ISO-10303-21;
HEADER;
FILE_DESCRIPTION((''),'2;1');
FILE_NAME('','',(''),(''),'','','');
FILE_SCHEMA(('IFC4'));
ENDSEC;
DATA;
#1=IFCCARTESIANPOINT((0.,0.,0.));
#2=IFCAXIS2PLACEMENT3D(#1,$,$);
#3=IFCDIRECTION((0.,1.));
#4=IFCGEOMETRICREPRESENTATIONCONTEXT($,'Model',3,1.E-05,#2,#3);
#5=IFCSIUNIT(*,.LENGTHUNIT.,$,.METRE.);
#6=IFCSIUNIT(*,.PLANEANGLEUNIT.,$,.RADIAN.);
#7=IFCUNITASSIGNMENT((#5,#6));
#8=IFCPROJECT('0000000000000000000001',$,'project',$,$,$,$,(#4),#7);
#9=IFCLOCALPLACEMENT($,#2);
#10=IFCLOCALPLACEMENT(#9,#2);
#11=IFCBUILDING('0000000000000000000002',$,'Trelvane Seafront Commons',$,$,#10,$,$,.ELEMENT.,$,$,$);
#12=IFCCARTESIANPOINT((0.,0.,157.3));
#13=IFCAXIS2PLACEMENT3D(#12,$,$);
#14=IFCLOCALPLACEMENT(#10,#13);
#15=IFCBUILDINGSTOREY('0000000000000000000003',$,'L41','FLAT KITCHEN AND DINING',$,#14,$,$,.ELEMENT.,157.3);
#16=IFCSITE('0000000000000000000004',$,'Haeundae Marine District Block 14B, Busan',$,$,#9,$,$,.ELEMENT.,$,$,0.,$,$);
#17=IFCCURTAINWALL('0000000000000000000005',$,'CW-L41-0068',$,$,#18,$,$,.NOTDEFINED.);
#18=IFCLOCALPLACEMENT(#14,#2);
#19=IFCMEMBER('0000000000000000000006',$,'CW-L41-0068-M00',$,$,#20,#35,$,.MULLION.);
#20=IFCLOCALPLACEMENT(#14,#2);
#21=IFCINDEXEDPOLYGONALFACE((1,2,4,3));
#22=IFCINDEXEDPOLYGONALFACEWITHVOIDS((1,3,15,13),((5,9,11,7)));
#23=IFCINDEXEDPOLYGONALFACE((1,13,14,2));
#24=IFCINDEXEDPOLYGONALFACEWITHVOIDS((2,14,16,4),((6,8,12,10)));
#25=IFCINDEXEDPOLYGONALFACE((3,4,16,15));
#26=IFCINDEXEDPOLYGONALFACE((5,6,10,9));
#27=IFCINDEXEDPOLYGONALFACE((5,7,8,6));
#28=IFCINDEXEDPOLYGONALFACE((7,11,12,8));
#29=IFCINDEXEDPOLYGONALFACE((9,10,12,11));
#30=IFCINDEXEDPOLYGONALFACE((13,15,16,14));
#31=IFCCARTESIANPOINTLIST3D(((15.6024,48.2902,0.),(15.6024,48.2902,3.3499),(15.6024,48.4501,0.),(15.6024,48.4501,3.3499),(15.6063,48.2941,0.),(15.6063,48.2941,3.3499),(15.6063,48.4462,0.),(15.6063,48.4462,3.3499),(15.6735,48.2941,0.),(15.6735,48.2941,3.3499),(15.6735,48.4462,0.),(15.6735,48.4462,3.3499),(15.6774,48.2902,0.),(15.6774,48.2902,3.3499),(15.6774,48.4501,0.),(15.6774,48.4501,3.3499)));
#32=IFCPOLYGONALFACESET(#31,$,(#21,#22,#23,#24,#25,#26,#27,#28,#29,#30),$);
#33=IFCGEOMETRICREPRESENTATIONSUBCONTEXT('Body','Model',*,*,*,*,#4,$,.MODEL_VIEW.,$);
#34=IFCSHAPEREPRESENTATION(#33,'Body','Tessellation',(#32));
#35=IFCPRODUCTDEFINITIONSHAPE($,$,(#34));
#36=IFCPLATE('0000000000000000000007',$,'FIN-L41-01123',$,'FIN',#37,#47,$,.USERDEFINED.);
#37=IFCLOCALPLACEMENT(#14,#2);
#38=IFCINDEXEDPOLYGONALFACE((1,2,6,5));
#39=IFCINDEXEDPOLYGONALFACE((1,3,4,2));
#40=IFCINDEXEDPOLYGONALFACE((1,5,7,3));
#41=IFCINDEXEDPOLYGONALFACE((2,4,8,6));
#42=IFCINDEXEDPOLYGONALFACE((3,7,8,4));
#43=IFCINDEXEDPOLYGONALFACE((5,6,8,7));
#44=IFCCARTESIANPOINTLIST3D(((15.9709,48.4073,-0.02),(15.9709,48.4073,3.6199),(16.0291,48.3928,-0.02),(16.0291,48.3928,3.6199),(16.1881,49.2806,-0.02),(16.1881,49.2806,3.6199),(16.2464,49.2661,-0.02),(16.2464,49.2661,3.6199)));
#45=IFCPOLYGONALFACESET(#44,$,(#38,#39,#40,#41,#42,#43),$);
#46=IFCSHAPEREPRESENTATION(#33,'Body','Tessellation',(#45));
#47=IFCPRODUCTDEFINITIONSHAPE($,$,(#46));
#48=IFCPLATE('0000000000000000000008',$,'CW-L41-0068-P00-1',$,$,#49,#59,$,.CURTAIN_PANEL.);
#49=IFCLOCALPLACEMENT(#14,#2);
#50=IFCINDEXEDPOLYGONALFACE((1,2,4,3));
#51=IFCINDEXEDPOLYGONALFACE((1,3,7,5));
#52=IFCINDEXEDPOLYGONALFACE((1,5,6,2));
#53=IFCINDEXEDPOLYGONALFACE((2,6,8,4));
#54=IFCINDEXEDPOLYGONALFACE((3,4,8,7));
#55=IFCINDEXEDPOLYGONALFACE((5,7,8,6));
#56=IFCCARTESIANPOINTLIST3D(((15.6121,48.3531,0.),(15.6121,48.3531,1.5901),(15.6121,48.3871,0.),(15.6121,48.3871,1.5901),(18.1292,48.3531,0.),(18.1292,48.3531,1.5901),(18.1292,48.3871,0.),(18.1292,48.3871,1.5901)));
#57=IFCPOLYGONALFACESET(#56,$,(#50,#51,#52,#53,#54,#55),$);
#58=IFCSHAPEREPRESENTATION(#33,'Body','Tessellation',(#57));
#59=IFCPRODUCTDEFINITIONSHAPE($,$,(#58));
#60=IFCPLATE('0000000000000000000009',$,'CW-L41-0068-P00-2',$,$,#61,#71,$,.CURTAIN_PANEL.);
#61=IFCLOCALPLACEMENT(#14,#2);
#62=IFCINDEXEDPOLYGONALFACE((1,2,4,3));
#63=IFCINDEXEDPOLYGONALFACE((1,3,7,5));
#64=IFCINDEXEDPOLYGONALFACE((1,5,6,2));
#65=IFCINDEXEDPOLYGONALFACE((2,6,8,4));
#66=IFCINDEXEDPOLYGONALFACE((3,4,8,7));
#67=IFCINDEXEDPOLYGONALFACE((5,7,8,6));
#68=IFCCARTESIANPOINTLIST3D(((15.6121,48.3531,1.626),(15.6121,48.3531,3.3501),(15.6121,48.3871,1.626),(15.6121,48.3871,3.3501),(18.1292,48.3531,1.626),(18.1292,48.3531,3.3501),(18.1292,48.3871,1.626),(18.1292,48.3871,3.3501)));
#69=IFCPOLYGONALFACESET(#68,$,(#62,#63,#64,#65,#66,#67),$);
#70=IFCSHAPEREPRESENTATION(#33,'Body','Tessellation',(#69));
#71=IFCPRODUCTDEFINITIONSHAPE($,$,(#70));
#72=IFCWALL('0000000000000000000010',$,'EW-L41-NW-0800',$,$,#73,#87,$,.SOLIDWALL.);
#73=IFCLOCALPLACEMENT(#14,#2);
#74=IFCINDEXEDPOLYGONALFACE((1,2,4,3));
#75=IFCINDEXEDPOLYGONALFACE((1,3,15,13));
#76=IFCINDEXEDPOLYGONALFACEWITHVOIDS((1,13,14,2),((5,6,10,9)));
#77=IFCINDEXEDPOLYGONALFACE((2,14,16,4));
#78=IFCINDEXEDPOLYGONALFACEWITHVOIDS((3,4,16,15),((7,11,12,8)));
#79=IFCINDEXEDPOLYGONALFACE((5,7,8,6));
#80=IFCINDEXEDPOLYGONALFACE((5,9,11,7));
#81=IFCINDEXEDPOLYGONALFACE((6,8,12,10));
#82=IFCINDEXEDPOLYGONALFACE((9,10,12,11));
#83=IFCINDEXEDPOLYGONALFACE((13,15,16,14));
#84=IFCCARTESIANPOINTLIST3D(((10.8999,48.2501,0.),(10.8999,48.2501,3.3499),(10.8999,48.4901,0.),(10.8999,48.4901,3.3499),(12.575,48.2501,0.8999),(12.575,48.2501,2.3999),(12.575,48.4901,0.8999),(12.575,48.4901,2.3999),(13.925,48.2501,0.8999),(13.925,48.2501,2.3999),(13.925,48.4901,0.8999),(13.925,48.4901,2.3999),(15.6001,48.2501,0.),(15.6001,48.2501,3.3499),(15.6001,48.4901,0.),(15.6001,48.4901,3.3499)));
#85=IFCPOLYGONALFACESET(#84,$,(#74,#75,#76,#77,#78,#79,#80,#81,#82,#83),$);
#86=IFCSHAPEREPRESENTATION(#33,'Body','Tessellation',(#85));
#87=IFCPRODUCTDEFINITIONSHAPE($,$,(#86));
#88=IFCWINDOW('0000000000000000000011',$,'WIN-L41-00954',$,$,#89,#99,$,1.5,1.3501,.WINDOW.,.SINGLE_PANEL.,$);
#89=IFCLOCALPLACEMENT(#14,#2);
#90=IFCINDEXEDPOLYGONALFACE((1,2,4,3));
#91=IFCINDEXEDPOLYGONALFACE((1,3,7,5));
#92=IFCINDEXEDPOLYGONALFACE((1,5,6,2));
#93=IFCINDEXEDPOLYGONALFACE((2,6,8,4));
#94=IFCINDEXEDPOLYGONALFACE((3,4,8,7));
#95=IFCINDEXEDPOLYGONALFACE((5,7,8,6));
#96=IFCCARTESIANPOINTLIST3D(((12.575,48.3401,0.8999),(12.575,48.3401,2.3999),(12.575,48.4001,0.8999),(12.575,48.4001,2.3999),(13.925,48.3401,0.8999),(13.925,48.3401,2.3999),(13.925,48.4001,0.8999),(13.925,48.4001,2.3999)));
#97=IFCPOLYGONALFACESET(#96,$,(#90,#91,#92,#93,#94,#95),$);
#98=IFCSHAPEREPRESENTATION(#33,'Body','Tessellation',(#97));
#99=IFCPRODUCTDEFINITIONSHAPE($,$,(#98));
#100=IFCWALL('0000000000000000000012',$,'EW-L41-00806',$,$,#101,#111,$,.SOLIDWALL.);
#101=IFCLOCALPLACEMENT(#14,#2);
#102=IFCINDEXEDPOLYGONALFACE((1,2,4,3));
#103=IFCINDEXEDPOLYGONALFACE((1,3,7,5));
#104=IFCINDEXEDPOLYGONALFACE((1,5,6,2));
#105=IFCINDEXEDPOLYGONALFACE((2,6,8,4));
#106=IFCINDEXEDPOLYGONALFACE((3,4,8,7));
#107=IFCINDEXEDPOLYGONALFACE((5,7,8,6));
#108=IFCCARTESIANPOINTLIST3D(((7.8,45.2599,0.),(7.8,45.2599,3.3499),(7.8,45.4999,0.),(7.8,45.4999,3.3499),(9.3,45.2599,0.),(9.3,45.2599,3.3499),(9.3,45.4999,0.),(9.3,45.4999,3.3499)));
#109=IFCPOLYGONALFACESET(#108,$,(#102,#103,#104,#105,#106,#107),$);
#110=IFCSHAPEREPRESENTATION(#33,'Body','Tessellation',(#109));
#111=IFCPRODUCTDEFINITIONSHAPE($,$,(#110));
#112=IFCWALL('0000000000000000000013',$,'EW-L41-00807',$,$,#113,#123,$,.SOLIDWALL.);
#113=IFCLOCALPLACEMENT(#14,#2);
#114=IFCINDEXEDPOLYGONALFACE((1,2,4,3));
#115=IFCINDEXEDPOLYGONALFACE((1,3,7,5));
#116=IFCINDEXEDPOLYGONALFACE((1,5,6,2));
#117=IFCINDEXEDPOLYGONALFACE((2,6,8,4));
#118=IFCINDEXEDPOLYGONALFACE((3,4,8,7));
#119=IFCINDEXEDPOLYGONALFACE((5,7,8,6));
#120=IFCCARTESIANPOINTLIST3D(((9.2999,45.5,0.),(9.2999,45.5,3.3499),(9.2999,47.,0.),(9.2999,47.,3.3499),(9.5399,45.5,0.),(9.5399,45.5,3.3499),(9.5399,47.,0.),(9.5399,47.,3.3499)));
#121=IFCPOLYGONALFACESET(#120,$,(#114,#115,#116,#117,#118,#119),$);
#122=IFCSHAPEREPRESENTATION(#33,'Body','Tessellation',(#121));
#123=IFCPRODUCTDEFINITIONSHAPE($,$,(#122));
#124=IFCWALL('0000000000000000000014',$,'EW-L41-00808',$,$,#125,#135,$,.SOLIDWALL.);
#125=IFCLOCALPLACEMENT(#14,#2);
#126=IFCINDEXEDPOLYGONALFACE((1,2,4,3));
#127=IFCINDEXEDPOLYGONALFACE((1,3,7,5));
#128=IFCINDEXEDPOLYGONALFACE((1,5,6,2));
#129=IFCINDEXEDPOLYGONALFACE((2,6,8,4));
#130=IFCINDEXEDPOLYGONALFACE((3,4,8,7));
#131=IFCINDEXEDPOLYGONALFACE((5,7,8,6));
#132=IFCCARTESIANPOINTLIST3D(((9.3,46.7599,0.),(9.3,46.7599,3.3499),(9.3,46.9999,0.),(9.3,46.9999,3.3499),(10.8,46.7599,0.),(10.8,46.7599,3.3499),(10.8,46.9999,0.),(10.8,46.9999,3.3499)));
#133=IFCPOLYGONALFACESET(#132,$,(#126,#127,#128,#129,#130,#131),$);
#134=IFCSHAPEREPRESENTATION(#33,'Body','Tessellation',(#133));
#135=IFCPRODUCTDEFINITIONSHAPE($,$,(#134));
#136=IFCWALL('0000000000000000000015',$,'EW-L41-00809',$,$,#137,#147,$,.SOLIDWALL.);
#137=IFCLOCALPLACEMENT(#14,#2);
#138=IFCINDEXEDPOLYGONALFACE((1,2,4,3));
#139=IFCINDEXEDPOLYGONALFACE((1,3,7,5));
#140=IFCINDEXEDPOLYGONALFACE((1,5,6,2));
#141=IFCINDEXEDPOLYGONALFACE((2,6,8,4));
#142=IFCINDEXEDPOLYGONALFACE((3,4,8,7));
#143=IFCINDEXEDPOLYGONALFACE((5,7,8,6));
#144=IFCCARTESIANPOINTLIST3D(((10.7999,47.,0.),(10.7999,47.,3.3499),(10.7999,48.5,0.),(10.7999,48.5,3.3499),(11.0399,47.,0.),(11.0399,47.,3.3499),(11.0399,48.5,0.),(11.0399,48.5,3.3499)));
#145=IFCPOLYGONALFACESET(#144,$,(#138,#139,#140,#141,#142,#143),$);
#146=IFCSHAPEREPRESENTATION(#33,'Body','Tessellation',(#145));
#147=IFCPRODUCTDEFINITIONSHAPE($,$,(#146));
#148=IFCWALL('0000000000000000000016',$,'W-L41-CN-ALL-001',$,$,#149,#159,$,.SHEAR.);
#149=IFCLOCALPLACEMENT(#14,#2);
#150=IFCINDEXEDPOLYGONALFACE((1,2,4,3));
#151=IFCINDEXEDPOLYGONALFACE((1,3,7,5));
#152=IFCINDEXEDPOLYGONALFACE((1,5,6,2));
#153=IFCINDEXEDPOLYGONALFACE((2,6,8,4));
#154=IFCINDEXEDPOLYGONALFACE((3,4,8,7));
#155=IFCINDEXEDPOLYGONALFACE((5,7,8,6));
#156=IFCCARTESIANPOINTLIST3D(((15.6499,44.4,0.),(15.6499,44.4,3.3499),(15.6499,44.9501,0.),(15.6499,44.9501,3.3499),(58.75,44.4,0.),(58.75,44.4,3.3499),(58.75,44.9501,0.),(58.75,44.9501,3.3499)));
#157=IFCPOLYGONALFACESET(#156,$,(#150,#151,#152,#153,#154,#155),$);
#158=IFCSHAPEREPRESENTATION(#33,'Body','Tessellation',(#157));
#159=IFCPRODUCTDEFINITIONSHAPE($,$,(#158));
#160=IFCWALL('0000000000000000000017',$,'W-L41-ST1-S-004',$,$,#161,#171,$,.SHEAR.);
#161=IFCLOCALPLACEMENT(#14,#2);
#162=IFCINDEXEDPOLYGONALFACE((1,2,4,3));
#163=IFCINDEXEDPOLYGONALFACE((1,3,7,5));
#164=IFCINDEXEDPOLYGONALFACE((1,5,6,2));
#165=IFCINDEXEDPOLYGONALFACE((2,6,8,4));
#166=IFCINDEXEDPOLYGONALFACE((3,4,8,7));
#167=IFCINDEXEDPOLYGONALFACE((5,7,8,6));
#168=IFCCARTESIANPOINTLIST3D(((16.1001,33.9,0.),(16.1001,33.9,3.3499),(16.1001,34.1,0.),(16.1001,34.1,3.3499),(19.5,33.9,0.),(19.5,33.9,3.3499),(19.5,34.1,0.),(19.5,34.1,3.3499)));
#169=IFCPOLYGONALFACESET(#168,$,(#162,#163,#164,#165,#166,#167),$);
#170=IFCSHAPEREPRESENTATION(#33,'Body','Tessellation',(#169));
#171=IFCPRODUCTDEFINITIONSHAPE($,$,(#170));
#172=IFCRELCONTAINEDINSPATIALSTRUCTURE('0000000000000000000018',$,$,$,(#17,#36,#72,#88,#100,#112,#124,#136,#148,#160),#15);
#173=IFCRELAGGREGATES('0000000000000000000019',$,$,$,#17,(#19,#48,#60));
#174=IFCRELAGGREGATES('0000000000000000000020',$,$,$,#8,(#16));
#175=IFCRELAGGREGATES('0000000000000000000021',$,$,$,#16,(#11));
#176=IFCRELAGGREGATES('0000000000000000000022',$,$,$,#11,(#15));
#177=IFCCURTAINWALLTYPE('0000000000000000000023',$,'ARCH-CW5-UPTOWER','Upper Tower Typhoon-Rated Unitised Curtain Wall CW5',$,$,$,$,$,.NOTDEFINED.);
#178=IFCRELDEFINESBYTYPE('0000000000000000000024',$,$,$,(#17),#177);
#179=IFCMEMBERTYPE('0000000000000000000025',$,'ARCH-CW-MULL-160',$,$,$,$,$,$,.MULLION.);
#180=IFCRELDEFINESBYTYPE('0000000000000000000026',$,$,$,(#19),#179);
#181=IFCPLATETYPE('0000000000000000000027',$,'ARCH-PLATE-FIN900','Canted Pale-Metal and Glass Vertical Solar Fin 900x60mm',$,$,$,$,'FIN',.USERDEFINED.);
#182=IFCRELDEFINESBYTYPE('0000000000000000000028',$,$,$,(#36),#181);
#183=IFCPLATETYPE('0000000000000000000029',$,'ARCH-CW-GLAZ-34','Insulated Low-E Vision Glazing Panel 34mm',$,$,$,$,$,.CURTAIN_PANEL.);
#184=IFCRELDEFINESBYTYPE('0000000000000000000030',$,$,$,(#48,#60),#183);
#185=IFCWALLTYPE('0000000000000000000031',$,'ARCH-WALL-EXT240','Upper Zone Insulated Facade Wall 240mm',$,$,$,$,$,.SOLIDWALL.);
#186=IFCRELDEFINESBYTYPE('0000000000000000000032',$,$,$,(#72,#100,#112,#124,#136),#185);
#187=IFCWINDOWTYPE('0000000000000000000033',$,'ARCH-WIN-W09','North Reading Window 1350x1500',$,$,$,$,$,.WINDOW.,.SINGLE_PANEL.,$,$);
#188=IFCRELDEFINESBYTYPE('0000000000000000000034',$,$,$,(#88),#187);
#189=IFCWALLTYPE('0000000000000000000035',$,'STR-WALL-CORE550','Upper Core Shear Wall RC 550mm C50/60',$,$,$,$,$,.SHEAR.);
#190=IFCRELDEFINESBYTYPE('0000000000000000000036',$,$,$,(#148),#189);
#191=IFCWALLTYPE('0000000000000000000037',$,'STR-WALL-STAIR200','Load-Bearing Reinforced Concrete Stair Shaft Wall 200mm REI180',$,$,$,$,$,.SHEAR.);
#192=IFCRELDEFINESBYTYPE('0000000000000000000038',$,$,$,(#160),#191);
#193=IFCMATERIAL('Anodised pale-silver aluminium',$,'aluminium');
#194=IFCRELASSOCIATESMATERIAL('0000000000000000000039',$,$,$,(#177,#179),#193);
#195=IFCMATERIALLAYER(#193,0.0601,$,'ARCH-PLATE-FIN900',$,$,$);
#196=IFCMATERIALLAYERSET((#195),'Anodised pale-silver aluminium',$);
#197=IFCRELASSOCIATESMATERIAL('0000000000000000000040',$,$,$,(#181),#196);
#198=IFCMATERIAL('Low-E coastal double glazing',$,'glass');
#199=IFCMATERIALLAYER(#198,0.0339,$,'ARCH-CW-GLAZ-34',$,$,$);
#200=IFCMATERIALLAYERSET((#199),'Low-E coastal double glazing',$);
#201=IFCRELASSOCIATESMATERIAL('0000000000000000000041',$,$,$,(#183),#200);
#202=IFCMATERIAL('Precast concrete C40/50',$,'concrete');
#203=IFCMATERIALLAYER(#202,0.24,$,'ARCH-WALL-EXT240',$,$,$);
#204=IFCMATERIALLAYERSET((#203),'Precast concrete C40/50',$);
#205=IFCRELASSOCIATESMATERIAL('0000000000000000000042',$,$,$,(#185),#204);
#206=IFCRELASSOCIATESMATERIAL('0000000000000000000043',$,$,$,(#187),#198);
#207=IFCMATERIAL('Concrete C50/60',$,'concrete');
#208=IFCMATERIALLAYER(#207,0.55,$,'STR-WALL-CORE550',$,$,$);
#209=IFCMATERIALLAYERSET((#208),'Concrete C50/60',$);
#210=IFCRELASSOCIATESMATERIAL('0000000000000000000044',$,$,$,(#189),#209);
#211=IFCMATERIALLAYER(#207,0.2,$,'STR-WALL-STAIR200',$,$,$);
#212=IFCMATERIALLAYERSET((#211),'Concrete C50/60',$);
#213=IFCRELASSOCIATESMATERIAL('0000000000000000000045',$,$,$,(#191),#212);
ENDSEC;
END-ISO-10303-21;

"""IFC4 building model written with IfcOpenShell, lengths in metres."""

from ifc_helpers import new_model, si_unit, direction, frame, frame_2d, origin, origin_2d, place, context, subcontext, project, spatial, rectangle, hollow_rectangle, extrude, source, transform, mapped, material, layer, layer_set, material_profile, profile_set, type_object, element, fill, aggregate, save


model = new_model("IFC4")

# Units and contexts
model_context = context("Model", 3, precision=1e-05, world=origin(), true_north=direction((0.0, 1.0)))
body_context = subcontext(model_context, "Body", "Model", "MODEL_VIEW")
ifc_project = project(units=[si_unit("LENGTHUNIT", "METRE"), si_unit("PLANEANGLEUNIT", "RADIAN")], contexts=[model_context])

# Site, building, storey
site_placement = place(None, origin())
site = spatial("IfcSite", under=ifc_project, at=site_placement, Name="Haeundae Marine District Block 14B, Busan", CompositionType="ELEMENT", RefElevation=0.0)
building_placement = place(site_placement, origin())
building = spatial("IfcBuilding", under=site, at=building_placement, Name="Trelvane Seafront Commons", CompositionType="ELEMENT")
storey_placement = place(building_placement, frame((0.0, 0.0, 157.3)))
storey = spatial("IfcBuildingStorey", under=building, at=storey_placement, Name="L41", Description="FLAT KITCHEN AND DINING", CompositionType="ELEMENT", Elevation=157.3)

# Shared definitions
ifc_material_1 = material(Name="Concrete C50/60", Category="concrete")

# Curtain wall, member
ifc_material_2 = material(Name="Anodised pale-silver aluminium", Category="aluminium")
curtain_wall_type = type_object("IfcCurtainWallType", Name="ARCH-CW5-UPTOWER", Description="Upper Tower Typhoon-Rated Unitised Curtain Wall CW5", PredefinedType="NOTDEFINED", material=ifc_material_2)
curtain_wall_placement = place(storey_placement, origin())
curtain_wall = element("IfcCurtainWall", 1, at=curtain_wall_placement, inside=storey, type_object=curtain_wall_type, Name="CW-L41-0068", PredefinedType="NOTDEFINED")
ifc_material_profile_1 = material_profile(ifc_material_2, hollow_rectangle(XDim=0.075, YDim=0.1599, WallThickness=0.0039, at=origin_2d()), Name="MULL-75x160x4")
ifc_profile_set_1 = profile_set([ifc_material_profile_1], Name="Anodised pale-silver aluminium")
member_type_1 = type_object("IfcMemberType", Name="ARCH-CW-MULL-160", PredefinedType="MULLION", material=ifc_profile_set_1)
shared_shape_1 = source(origin(), body_context, "Body", "SweptSolid", [
    extrude(hollow_rectangle(XDim=0.075, YDim=0.1599, WallThickness=0.0039, at=origin_2d()), origin(), (0.0, 0.0, 1.0), 3.3499),
])
member_1_placement = place(storey_placement, frame((15.6399, 48.3701, 0.0), z_axis=(0.0, 0.0, 1.0), x_axis=(1.0, 0.0, 0.0)))
member_1 = element("IfcMember", 2, at=member_1_placement, type_object=member_type_1, Name="CW-L41-0068-M00", PredefinedType="MULLION", context=body_context, shape_type="MappedRepresentation", body=[
    mapped(shared_shape_1, transform((0.0, 0.0, 0.0), x_axis=(1.0, 0.0, 0.0), y_axis=(0.0, 1.0, 0.0), z_axis=(0.0, 0.0, 1.0), scale=1.0)),
])

# Plates
ifc_layer_1 = layer(ifc_material_2, 0.0601, Name="ARCH-PLATE-FIN900")
ifc_layer_set_1 = layer_set([ifc_layer_1], Name="Anodised pale-silver aluminium")
plate_type_1 = type_object("IfcPlateType", Name="ARCH-PLATE-FIN900", Description="Canted Pale-Metal and Glass Vertical Solar Fin 900x60mm", ElementType="FIN", PredefinedType="USERDEFINED", material=ifc_layer_set_1)
shared_shape_2 = source(origin(), body_context, "Body", "SweptSolid", [
    extrude(rectangle(XDim=0.8999, YDim=0.0601, at=origin_2d()), origin(), (0.0, 0.0, 1.0), 3.6399),
])
plate_1_placement = place(storey_placement, frame((16.1086, 48.8367, -0.02), z_axis=(0.0, 0.0, 1.0), x_axis=(0.241438, 0.970416, 0.0)))
element("IfcPlate", 3, at=plate_1_placement, inside=storey, type_object=plate_type_1, Name="FIN-L41-01123", ObjectType="FIN", PredefinedType="USERDEFINED", context=body_context, shape_type="MappedRepresentation", body=[
    mapped(shared_shape_2, transform((0.0, 0.0, 0.0), x_axis=(1.0, 0.0, 0.0), y_axis=(0.0, 1.0, 0.0), z_axis=(0.0, 0.0, 1.0), scale=1.0)),
])
ifc_material_3 = material(Name="Low-E coastal double glazing", Category="glass")
ifc_layer_2 = layer(ifc_material_3, 0.0339, Name="ARCH-CW-GLAZ-34")
ifc_layer_set_2 = layer_set([ifc_layer_2], Name="Low-E coastal double glazing")
plate_type_2 = type_object("IfcPlateType", Name="ARCH-CW-GLAZ-34", Description="Insulated Low-E Vision Glazing Panel 34mm", PredefinedType="CURTAIN_PANEL", material=ifc_layer_set_2)
shared_shape_3 = source(origin(), body_context, "Body", "SweptSolid", [
    extrude(rectangle(XDim=2.5171, YDim=0.0339, at=origin_2d()), origin(), (0.0, 0.0, 1.0), 1.5901),
])
plate_2_placement = place(storey_placement, frame((16.8706, 48.3701, 0.0), z_axis=(0.0, 0.0, 1.0), x_axis=(1.0, 0.0, 0.0)))
plate_2 = element("IfcPlate", 4, at=plate_2_placement, type_object=plate_type_2, Name="CW-L41-0068-P00-1", PredefinedType="CURTAIN_PANEL", context=body_context, shape_type="MappedRepresentation", body=[
    mapped(shared_shape_3, transform((0.0, 0.0, 0.0), x_axis=(1.0, 0.0, 0.0), y_axis=(0.0, 1.0, 0.0), z_axis=(0.0, 0.0, 1.0), scale=1.0)),
])
shared_shape_4 = source(origin(), body_context, "Body", "SweptSolid", [
    extrude(rectangle(XDim=2.5171, YDim=0.0339, at=origin_2d()), origin(), (0.0, 0.0, 1.0), 1.7241),
])
plate_3_placement = place(storey_placement, frame((16.8706, 48.3701, 1.626), z_axis=(0.0, 0.0, 1.0), x_axis=(1.0, 0.0, 0.0)))
plate_3 = element("IfcPlate", 5, at=plate_3_placement, type_object=plate_type_2, Name="CW-L41-0068-P00-2", PredefinedType="CURTAIN_PANEL", context=body_context, shape_type="MappedRepresentation", body=[
    mapped(shared_shape_4, transform((0.0, 0.0, 0.0), x_axis=(1.0, 0.0, 0.0), y_axis=(0.0, 1.0, 0.0), z_axis=(0.0, 0.0, 1.0), scale=1.0)),
])
aggregate(curtain_wall, [member_1, plate_2, plate_3])

# Wall, opening, window
ifc_material_4 = material(Name="Precast concrete C40/50", Category="concrete")
ifc_layer_3 = layer(ifc_material_4, 0.24, Name="ARCH-WALL-EXT240")
ifc_layer_set_3 = layer_set([ifc_layer_3], Name="Precast concrete C40/50")
wall_type_1 = type_object("IfcWallType", Name="ARCH-WALL-EXT240", Description="Upper Zone Insulated Facade Wall 240mm", PredefinedType="SOLIDWALL", material=ifc_layer_set_3)
wall_1_placement = place(storey_placement, frame((10.8999, 48.3701, 0.0), z_axis=(0.0, 0.0, 1.0), x_axis=(1.0, 0.0, 0.0)))
wall_1 = element("IfcWall", 6, at=wall_1_placement, inside=storey, type_object=wall_type_1, Name="EW-L41-NW-0800", PredefinedType="SOLIDWALL", context=body_context, shape_type="SweptSolid", body=[
    extrude(rectangle(XDim=4.7002, YDim=0.24, at=frame_2d((2.3501, 0.0))), origin(), (0.0, 0.0, 1.0), 3.3499),
])
opening_1_placement = place(wall_1_placement, frame((1.675, 0.0, 0.8999)))
opening_1 = element("IfcOpeningElement", 7, at=opening_1_placement, cuts=wall_1, PredefinedType="OPENING", context=body_context, shape_type="SweptSolid", body=[
    extrude(rectangle(XDim=1.3501, YDim=1.5, at=frame_2d((0.675, 0.75))), frame((0.0, 0.1299, 0.0), z_axis=(0.0, -1.0, 0.0), x_axis=(1.0, 0.0, 0.0)), (0.0, 0.0, 1.0), 0.26),
])
window_type = type_object("IfcWindowType", Name="ARCH-WIN-W09", Description="North Reading Window 1350x1500", PartitioningType="SINGLE_PANEL", PredefinedType="WINDOW", material=ifc_material_3)
shared_shape_5 = source(origin(), body_context, "Body", "SweptSolid", [
    extrude(rectangle(XDim=1.3501, YDim=1.5, at=frame_2d((0.675, 0.75))), frame((0.0, 0.03, 0.0), z_axis=(0.0, -1.0, 0.0), x_axis=(1.0, 0.0, 0.0)), (0.0, 0.0, 1.0), 0.0601),
])
window_placement = place(opening_1_placement, origin())
window = element("IfcWindow", 8, at=window_placement, inside=storey, type_object=window_type, Name="WIN-L41-00954", OverallHeight=1.5, OverallWidth=1.3501, PartitioningType="SINGLE_PANEL", PredefinedType="WINDOW", context=body_context, shape_type="MappedRepresentation", body=[
    mapped(shared_shape_5, transform((0.0, 0.0, 0.0), x_axis=(1.0, 0.0, 0.0), y_axis=(0.0, 1.0, 0.0), z_axis=(0.0, 0.0, 1.0), scale=1.0)),
])
fill(opening_1, window)

# Walls
for number, where, z_axis, x_axis, name in (
    (9, (7.8, 45.3799, 0.0), (0.0, 0.0, 1.0), (1.0, 0.0, 0.0), "EW-L41-00806"),
    (10, (9.4199, 45.5, 0.0), (0.0, 0.0, 1.0), (0.0, 1.0, 0.0), "EW-L41-00807"),
    (11, (9.3, 46.8799, 0.0), (0.0, 0.0, 1.0), (1.0, 0.0, 0.0), "EW-L41-00808"),
    (12, (10.9199, 47.0, 0.0), (0.0, 0.0, 1.0), (0.0, 1.0, 0.0), "EW-L41-00809"),
):
    element("IfcWall", number, at=place(storey_placement, frame(where, z_axis=z_axis, x_axis=x_axis)), inside=storey, type_object=wall_type_1, Name=name, PredefinedType="SOLIDWALL", context=body_context, shape_type="SweptSolid", body=[
        extrude(rectangle(XDim=1.5, YDim=0.24, at=frame_2d((0.75, 0.0))), origin(), (0.0, 0.0, 1.0), 3.3499),
    ])

# Walls
ifc_layer_4 = layer(ifc_material_1, 0.55, Name="STR-WALL-CORE550")
ifc_layer_set_4 = layer_set([ifc_layer_4], Name="Concrete C50/60")
wall_type_2 = type_object("IfcWallType", Name="STR-WALL-CORE550", Description="Upper Core Shear Wall RC 550mm C50/60", PredefinedType="SHEAR", material=ifc_layer_set_4)
wall_2_placement = place(storey_placement, frame((15.6499, 44.675, 0.0), z_axis=(0.0, 0.0, 1.0), x_axis=(1.0, 0.0, 0.0)))
element("IfcWall", 13, at=wall_2_placement, inside=storey, type_object=wall_type_2, Name="W-L41-CN-ALL-001", PredefinedType="SHEAR", context=body_context, shape_type="SweptSolid", body=[
    extrude(rectangle(XDim=43.1001, YDim=0.55, at=frame_2d((21.55, 0.0))), origin(), (0.0, 0.0, 1.0), 3.3499),
])
ifc_layer_5 = layer(ifc_material_1, 0.2, Name="STR-WALL-STAIR200")
ifc_layer_set_5 = layer_set([ifc_layer_5], Name="Concrete C50/60")
wall_type_3 = type_object("IfcWallType", Name="STR-WALL-STAIR200", Description="Load-Bearing Reinforced Concrete Stair Shaft Wall 200mm REI180", PredefinedType="SHEAR", material=ifc_layer_set_5)
wall_3_placement = place(storey_placement, frame((16.1001, 34.0, 0.0), z_axis=(0.0, 0.0, 1.0), x_axis=(1.0, 0.0, 0.0)))
element("IfcWall", 14, at=wall_3_placement, inside=storey, type_object=wall_type_3, Name="W-L41-ST1-S-004", PredefinedType="SHEAR", context=body_context, shape_type="SweptSolid", body=[
    extrude(rectangle(XDim=3.3999, YDim=0.2, at=frame_2d((1.7, 0.0))), origin(), (0.0, 0.0, 1.0), 3.3499),
])

save(model, "model.ifc")
